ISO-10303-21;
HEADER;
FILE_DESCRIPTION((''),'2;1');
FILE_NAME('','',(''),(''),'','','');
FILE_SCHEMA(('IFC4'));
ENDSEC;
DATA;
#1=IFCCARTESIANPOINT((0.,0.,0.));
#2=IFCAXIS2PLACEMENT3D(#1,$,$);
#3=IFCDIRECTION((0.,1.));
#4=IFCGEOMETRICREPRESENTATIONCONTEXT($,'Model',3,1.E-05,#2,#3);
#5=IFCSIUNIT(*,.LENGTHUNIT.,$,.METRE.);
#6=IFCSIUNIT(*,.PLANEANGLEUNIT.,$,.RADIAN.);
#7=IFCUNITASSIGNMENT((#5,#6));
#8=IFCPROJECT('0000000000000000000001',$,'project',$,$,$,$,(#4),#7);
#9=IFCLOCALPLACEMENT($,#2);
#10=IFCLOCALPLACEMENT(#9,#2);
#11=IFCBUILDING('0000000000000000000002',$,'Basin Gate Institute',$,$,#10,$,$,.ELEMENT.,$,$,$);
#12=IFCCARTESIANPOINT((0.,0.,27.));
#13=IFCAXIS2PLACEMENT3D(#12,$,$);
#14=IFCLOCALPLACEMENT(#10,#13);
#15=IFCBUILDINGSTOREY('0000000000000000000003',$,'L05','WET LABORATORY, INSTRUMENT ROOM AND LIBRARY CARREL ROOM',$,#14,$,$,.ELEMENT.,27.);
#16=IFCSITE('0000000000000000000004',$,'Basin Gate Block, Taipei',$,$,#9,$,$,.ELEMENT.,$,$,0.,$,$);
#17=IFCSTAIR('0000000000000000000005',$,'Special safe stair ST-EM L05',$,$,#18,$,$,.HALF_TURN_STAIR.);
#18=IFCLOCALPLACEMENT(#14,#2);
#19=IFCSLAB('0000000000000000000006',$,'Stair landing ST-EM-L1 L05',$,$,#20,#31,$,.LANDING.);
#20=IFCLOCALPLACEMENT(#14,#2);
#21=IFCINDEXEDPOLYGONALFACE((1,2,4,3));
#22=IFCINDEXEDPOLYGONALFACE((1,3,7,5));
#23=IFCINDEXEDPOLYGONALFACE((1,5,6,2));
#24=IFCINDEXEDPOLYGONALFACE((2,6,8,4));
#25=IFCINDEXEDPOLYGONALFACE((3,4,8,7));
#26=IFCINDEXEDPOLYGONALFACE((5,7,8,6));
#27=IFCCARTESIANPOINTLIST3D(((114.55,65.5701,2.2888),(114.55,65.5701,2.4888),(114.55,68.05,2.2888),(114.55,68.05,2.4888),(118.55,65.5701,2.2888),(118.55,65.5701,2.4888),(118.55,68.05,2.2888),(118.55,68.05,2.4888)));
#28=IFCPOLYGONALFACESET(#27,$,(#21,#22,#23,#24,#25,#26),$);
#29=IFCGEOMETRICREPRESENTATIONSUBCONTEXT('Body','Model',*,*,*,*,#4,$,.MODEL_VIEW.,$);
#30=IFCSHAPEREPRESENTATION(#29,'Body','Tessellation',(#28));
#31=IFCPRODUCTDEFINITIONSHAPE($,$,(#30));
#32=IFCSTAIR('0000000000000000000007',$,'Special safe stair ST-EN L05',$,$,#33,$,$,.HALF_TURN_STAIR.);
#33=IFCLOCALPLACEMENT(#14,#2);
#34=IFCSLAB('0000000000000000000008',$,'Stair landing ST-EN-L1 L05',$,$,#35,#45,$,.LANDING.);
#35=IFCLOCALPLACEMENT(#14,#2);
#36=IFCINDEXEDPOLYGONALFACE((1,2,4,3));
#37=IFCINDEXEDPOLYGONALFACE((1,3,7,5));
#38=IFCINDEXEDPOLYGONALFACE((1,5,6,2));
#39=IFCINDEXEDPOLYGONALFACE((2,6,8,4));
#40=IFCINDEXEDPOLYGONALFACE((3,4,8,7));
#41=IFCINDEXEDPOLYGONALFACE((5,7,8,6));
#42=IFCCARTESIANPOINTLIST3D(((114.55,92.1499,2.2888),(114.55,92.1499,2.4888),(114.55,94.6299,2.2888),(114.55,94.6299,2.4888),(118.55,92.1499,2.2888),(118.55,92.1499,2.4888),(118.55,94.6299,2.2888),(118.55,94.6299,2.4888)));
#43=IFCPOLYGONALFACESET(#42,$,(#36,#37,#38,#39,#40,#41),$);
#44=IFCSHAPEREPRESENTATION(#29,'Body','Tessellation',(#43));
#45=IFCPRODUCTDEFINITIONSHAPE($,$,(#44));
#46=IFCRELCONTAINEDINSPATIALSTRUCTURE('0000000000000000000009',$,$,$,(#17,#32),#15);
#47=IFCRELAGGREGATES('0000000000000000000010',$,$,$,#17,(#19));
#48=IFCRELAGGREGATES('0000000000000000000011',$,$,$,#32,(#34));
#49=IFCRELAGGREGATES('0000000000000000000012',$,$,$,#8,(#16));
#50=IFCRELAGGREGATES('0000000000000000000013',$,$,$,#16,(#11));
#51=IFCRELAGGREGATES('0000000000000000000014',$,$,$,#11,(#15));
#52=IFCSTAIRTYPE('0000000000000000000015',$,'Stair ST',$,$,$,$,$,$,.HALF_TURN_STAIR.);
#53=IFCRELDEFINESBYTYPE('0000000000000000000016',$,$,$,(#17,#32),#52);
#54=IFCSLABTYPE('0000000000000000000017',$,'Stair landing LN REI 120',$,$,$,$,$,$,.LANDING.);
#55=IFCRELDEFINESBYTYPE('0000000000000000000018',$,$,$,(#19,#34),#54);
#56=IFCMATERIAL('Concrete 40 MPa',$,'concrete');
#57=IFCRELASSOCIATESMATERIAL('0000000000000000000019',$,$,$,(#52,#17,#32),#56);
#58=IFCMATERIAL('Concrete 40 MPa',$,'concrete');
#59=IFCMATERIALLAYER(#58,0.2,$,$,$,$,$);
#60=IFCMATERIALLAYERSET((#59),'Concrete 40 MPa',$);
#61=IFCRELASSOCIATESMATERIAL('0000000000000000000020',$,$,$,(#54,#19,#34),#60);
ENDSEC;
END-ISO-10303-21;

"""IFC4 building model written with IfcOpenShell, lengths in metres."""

from ifc_helpers import new_model, si_unit, direction, frame, origin, place, context, subcontext, project, spatial, polyline, outline, extrude, material, layer, layer_set, type_object, element, aggregate, save


model = new_model("IFC4")

# Units and contexts
model_context = context("Model", 3, precision=1e-05, world=origin(), true_north=direction((0.0, 1.0)))
body_context = subcontext(model_context, "Body", "Model", "MODEL_VIEW")
ifc_project = project(units=[si_unit("LENGTHUNIT", "METRE"), si_unit("PLANEANGLEUNIT", "RADIAN")], contexts=[model_context])

# Site, building, storey
site_placement = place(None, origin())
site = spatial("IfcSite", under=ifc_project, at=site_placement, Name="Basin Gate Block, Taipei", CompositionType="ELEMENT", RefElevation=0.0)
building_placement = place(site_placement, origin())
building = spatial("IfcBuilding", under=site, at=building_placement, Name="Basin Gate Institute", CompositionType="ELEMENT")
storey_placement = place(building_placement, frame((0.0, 0.0, 27.0)))
storey = spatial("IfcBuildingStorey", under=building, at=storey_placement, Name="L05", Description="WET LABORATORY, INSTRUMENT ROOM AND LIBRARY CARREL ROOM", CompositionType="ELEMENT", Elevation=27.0)

# Stairs, slabs
ifc_material_1 = material(Name="Concrete 40 MPa", Category="concrete")
stair_type = type_object("IfcStairType", Name="Stair ST", PredefinedType="HALF_TURN_STAIR", material=ifc_material_1)
ifc_material_2 = material(Name="Concrete 40 MPa", Category="concrete")
ifc_layer_1 = layer(ifc_material_2, 0.2)
ifc_layer_set_1 = layer_set([ifc_layer_1], Name="Concrete 40 MPa")
slab_type_1 = type_object("IfcSlabType", Name="Stair landing LN REI 120", PredefinedType="LANDING", material=ifc_layer_set_1)
stair_1_placement = place(storey_placement, origin())
stair_1 = element("IfcStair", 1, at=stair_1_placement, inside=storey, type_object=stair_type, material=ifc_material_1, Name="Special safe stair ST-EM L05", PredefinedType="HALF_TURN_STAIR")
slab_1_placement = place(storey_placement, frame((0.0, 0.0, 2.2888)))
slab_1 = element("IfcSlab", 2, at=slab_1_placement, type_object=slab_type_1, material=ifc_layer_set_1, Name="Stair landing ST-EM-L1 L05", PredefinedType="LANDING", context=body_context, shape_type="SweptSolid", body=[
    extrude(outline(polyline([(118.55, 68.05), (114.55, 68.05), (114.55, 65.5701), (118.55, 65.5701), (118.55, 68.05)])), origin(), (0.0, 0.0, 1.0), 0.2),
])
aggregate(stair_1, [slab_1])
stair_2_placement = place(storey_placement, origin())
stair_2 = element("IfcStair", 3, at=stair_2_placement, inside=storey, type_object=stair_type, material=ifc_material_1, Name="Special safe stair ST-EN L05", PredefinedType="HALF_TURN_STAIR")
slab_2_placement = place(storey_placement, frame((0.0, 0.0, 2.2888)))
slab_2 = element("IfcSlab", 4, at=slab_2_placement, type_object=slab_type_1, material=ifc_layer_set_1, Name="Stair landing ST-EN-L1 L05", PredefinedType="LANDING", context=body_context, shape_type="SweptSolid", body=[
    extrude(outline(polyline([(118.55, 94.6299), (114.55, 94.6299), (114.55, 92.1499), (118.55, 92.1499), (118.55, 94.6299)])), origin(), (0.0, 0.0, 1.0), 0.2),
])
aggregate(stair_2, [slab_2])

save(model, "model.ifc")
